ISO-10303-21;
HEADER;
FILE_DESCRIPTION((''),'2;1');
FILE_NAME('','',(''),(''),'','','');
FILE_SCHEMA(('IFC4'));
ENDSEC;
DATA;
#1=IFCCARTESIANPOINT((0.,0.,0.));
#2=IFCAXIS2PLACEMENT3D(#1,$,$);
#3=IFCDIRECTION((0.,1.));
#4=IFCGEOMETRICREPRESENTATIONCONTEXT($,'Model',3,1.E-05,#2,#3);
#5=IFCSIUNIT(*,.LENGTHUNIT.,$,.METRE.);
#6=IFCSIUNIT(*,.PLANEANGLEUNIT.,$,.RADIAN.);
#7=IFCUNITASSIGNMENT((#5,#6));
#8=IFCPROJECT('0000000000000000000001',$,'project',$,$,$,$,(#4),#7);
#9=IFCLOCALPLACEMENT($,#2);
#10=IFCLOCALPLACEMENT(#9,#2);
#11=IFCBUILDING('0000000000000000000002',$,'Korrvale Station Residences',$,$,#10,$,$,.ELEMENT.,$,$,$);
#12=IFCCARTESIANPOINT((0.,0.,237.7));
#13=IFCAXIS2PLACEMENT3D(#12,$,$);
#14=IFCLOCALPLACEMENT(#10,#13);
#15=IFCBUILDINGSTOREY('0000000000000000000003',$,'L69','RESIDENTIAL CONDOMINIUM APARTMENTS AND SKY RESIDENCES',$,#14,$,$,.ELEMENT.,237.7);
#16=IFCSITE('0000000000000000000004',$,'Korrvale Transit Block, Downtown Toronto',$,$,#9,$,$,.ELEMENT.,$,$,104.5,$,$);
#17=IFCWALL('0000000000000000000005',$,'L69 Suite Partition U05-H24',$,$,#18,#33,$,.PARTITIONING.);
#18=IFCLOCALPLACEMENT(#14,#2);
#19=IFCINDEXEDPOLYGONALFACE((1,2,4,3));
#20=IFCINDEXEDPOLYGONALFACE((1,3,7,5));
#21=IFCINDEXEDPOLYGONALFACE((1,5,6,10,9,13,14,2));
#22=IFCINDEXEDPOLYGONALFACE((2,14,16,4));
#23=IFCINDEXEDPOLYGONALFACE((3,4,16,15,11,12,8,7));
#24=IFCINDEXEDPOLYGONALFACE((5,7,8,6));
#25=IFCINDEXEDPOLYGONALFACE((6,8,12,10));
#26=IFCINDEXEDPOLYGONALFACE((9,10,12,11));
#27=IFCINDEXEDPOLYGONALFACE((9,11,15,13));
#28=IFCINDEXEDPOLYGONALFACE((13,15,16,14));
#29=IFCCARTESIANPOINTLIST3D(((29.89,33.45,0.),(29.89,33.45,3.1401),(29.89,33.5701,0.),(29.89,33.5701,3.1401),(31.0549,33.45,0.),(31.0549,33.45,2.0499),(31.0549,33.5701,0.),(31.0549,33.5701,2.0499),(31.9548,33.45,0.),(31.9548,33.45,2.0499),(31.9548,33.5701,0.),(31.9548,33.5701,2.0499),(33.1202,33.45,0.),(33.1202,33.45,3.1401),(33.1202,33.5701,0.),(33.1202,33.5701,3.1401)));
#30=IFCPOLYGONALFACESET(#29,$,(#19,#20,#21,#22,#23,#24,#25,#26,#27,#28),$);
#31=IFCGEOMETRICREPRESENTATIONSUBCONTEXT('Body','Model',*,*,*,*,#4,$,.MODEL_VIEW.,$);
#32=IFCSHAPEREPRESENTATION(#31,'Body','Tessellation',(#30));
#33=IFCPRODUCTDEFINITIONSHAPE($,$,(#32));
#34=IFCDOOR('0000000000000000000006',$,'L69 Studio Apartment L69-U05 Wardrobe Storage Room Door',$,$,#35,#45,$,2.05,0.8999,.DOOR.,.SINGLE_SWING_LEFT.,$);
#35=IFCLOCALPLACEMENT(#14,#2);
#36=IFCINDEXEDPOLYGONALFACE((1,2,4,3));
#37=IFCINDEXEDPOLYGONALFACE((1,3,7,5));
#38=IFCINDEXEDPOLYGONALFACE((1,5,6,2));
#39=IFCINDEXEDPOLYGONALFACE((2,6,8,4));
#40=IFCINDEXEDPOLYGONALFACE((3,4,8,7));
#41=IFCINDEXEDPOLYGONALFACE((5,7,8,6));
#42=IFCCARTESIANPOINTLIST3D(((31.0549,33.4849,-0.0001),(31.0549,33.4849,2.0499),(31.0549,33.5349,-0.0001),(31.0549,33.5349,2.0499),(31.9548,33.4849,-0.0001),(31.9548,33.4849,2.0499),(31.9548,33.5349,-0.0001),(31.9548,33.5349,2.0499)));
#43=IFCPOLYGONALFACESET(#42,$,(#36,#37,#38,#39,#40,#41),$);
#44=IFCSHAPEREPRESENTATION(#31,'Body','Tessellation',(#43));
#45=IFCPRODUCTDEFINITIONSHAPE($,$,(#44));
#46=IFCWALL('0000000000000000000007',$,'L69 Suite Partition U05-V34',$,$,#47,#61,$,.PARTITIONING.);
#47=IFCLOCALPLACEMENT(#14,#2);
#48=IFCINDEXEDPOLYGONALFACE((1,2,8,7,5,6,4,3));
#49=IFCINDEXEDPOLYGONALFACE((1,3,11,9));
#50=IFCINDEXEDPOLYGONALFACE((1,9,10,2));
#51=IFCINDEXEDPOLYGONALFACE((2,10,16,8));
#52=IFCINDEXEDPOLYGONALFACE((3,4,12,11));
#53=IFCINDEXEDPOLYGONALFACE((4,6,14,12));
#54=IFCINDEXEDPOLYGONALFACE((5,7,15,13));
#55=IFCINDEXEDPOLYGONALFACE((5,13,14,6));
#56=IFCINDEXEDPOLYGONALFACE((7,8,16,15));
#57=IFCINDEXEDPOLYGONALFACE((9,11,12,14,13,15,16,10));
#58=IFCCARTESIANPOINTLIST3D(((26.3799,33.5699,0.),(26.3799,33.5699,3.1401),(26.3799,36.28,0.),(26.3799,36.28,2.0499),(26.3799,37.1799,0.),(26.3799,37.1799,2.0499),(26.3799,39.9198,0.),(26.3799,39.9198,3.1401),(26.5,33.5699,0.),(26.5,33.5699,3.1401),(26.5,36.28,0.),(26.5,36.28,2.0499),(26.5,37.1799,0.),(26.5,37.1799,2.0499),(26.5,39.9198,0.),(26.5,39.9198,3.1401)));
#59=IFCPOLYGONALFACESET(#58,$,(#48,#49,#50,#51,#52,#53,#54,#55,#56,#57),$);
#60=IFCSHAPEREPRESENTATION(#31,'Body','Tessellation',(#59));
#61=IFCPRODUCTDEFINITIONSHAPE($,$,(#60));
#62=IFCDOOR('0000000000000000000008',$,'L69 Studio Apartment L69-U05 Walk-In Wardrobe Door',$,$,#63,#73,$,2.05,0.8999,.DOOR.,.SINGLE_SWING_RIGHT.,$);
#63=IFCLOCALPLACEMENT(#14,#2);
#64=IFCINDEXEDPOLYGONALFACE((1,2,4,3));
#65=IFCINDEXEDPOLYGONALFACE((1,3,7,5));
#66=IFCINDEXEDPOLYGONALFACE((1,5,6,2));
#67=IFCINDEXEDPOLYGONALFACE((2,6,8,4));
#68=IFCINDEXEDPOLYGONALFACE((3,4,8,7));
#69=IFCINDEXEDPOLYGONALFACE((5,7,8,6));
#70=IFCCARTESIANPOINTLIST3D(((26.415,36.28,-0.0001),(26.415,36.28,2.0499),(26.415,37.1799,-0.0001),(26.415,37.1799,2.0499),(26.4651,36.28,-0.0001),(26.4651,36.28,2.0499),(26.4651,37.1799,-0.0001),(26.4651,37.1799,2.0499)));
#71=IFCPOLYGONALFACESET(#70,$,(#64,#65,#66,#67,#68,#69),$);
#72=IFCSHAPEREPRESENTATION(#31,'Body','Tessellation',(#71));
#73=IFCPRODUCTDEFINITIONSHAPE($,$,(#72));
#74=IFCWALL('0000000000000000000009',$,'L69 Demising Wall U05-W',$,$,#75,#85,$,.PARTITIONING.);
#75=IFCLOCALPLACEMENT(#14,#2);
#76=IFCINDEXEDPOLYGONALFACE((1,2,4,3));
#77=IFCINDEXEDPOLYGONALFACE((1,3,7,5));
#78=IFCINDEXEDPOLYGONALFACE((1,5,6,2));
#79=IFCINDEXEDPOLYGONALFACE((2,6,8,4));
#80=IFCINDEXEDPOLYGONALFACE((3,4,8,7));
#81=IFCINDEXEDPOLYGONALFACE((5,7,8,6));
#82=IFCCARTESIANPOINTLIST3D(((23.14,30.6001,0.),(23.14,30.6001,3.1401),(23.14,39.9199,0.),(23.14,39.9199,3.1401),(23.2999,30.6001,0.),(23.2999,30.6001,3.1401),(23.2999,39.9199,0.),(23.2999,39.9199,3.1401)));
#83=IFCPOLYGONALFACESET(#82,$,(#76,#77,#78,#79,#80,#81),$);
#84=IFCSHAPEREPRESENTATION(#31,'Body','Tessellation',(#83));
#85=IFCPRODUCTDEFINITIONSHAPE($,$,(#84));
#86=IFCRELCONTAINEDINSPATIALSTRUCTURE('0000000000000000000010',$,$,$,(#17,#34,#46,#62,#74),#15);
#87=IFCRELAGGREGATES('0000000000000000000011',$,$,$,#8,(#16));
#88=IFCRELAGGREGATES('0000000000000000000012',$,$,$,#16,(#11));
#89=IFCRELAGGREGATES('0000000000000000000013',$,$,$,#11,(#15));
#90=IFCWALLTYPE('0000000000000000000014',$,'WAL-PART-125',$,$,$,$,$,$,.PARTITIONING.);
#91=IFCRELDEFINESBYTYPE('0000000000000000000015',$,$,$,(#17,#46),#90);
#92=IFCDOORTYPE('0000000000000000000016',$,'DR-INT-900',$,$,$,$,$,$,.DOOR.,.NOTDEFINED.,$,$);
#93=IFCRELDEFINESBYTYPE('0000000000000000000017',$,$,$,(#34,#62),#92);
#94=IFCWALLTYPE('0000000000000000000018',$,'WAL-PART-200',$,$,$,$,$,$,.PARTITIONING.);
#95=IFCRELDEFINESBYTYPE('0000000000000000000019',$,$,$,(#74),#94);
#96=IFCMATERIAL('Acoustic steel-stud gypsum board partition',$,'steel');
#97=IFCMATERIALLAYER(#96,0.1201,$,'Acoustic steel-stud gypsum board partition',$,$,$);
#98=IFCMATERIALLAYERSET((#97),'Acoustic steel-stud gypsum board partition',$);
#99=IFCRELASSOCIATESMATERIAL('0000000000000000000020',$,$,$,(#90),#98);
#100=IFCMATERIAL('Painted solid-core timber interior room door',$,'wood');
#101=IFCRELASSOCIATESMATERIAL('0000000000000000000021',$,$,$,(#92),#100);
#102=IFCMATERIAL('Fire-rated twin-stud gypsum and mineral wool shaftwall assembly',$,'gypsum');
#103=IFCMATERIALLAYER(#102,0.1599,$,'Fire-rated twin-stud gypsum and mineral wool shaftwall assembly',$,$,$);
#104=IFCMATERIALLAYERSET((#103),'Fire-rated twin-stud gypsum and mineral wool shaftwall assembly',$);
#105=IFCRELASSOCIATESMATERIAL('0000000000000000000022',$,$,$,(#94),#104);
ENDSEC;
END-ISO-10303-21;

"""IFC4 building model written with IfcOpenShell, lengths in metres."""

from ifc_helpers import new_model, si_unit, direction, frame, frame_2d, origin, place, context, subcontext, project, spatial, rectangle, extrude, material, layer, layer_set, type_object, element, fill, save


model = new_model("IFC4")

# Units and contexts
model_context = context("Model", 3, precision=1e-05, world=origin(), true_north=direction((0.0, 1.0)))
body_context = subcontext(model_context, "Body", "Model", "MODEL_VIEW")
ifc_project = project(units=[si_unit("LENGTHUNIT", "METRE"), si_unit("PLANEANGLEUNIT", "RADIAN")], contexts=[model_context])

# Site, building, storey
site_placement = place(None, origin())
site = spatial("IfcSite", under=ifc_project, at=site_placement, Name="Korrvale Transit Block, Downtown Toronto", CompositionType="ELEMENT", RefElevation=104.5)
building_placement = place(site_placement, origin())
building = spatial("IfcBuilding", under=site, at=building_placement, Name="Korrvale Station Residences", CompositionType="ELEMENT")
storey_placement = place(building_placement, frame((0.0, 0.0, 237.7)))
storey = spatial("IfcBuildingStorey", under=building, at=storey_placement, Name="L69", Description="RESIDENTIAL CONDOMINIUM APARTMENTS AND SKY RESIDENCES", CompositionType="ELEMENT", Elevation=237.7)

# Shared definitions
ifc_material_1 = material(Name="Acoustic steel-stud gypsum board partition", Category="steel")
ifc_layer_1 = layer(ifc_material_1, 0.1201, Name="Acoustic steel-stud gypsum board partition")
ifc_layer_set_1 = layer_set([ifc_layer_1], Name="Acoustic steel-stud gypsum board partition")
wall_type_1 = type_object("IfcWallType", Name="WAL-PART-125", PredefinedType="PARTITIONING", material=ifc_layer_set_1)

# Shared definitions
ifc_material_2 = material(Name="Painted solid-core timber interior room door", Category="wood")
door_type_1 = type_object("IfcDoorType", Name="DR-INT-900", OperationType="NOTDEFINED", PredefinedType="DOOR", material=ifc_material_2)

# Walls, openings, doors
wall_1_placement = place(storey_placement, frame((29.8899, 33.51, 0.0), z_axis=(0.0, 0.0, 1.0), x_axis=(1.0, 0.0, 0.0)))
wall_1 = element("IfcWall", 1, at=wall_1_placement, inside=storey, type_object=wall_type_1, Name="L69 Suite Partition U05-H24", PredefinedType="PARTITIONING", context=body_context, shape_type="SweptSolid", body=[
    extrude(rectangle(XDim=3.2302, YDim=0.1201, at=frame_2d((1.6152, 0.0))), origin(), (0.0, 0.0, 1.0), 3.1401),
])
opening_1_placement = place(wall_1_placement, frame((1.165, 0.0, 0.0)))
opening_1 = element("IfcOpeningElement", 2, at=opening_1_placement, cuts=wall_1, PredefinedType="OPENING", context=body_context, shape_type="SweptSolid", body=[
    extrude(rectangle(XDim=0.8999, YDim=2.05, at=frame_2d((0.45, 1.0249))), frame((0.0, 0.0701, 0.0), z_axis=(0.0, -1.0, 0.0), x_axis=(1.0, 0.0, 0.0)), (0.0, 0.0, 1.0), 0.1401),
])
door_1_placement = place(opening_1_placement, origin())
door_1 = element("IfcDoor", 3, at=door_1_placement, inside=storey, type_object=door_type_1, Name="L69 Studio Apartment L69-U05 Wardrobe Storage Room Door", OperationType="SINGLE_SWING_LEFT", OverallHeight=2.05, OverallWidth=0.8999, PredefinedType="DOOR", context=body_context, shape_type="SweptSolid", body=[
    extrude(rectangle(XDim=0.8999, YDim=2.05, at=frame_2d((0.45, 1.0249))), frame((0.0, 0.0249, 0.0), z_axis=(0.0, -1.0, 0.0), x_axis=(1.0, 0.0, 0.0)), (0.0, 0.0, 1.0), 0.05),
])
fill(opening_1, door_1)
wall_2_placement = place(storey_placement, frame((26.4399, 33.5701, 0.0), z_axis=(0.0, 0.0, 1.0), x_axis=(0.0, 1.0, 0.0)))
wall_2 = element("IfcWall", 4, at=wall_2_placement, inside=storey, type_object=wall_type_1, Name="L69 Suite Partition U05-V34", PredefinedType="PARTITIONING", context=body_context, shape_type="SweptSolid", body=[
    extrude(rectangle(XDim=6.3499, YDim=0.1201, at=frame_2d((3.1748, 0.0))), origin(), (0.0, 0.0, 1.0), 3.1401),
])
opening_2_placement = place(wall_2_placement, frame((2.71, 0.0, 0.0)))
opening_2 = element("IfcOpeningElement", 5, at=opening_2_placement, cuts=wall_2, PredefinedType="OPENING", context=body_context, shape_type="SweptSolid", body=[
    extrude(rectangle(XDim=0.8999, YDim=2.05, at=frame_2d((0.45, 1.0249))), frame((0.0, 0.0701, 0.0), z_axis=(0.0, -1.0, 0.0), x_axis=(1.0, 0.0, 0.0)), (0.0, 0.0, 1.0), 0.1401),
])
door_2_placement = place(opening_2_placement, origin())
door_2 = element("IfcDoor", 6, at=door_2_placement, inside=storey, type_object=door_type_1, Name="L69 Studio Apartment L69-U05 Walk-In Wardrobe Door", OperationType="SINGLE_SWING_RIGHT", OverallHeight=2.05, OverallWidth=0.8999, PredefinedType="DOOR", context=body_context, shape_type="SweptSolid", body=[
    extrude(rectangle(XDim=0.8999, YDim=2.05, at=frame_2d((0.45, 1.0249))), frame((0.0, 0.0249, 0.0), z_axis=(0.0, -1.0, 0.0), x_axis=(1.0, 0.0, 0.0)), (0.0, 0.0, 1.0), 0.05),
])
fill(opening_2, door_2)

# Wall
ifc_material_3 = material(Name="Fire-rated twin-stud gypsum and mineral wool shaftwall assembly", Category="gypsum")
ifc_layer_2 = layer(ifc_material_3, 0.1599, Name="Fire-rated twin-stud gypsum and mineral wool shaftwall assembly")
ifc_layer_set_2 = layer_set([ifc_layer_2], Name="Fire-rated twin-stud gypsum and mineral wool shaftwall assembly")
wall_type_2 = type_object("IfcWallType", Name="WAL-PART-200", PredefinedType="PARTITIONING", material=ifc_layer_set_2)
wall_3_placement = place(storey_placement, frame((23.22, 30.6001, 0.0), z_axis=(0.0, 0.0, 1.0), x_axis=(0.0, 1.0, 0.0)))
element("IfcWall", 7, at=wall_3_placement, inside=storey, type_object=wall_type_2, Name="L69 Demising Wall U05-W", PredefinedType="PARTITIONING", context=body_context, shape_type="SweptSolid", body=[
    extrude(rectangle(XDim=9.3198, YDim=0.1599, at=frame_2d((4.6599, 0.0))), origin(), (0.0, 0.0, 1.0), 3.1401),
])

save(model, "model.ifc")
